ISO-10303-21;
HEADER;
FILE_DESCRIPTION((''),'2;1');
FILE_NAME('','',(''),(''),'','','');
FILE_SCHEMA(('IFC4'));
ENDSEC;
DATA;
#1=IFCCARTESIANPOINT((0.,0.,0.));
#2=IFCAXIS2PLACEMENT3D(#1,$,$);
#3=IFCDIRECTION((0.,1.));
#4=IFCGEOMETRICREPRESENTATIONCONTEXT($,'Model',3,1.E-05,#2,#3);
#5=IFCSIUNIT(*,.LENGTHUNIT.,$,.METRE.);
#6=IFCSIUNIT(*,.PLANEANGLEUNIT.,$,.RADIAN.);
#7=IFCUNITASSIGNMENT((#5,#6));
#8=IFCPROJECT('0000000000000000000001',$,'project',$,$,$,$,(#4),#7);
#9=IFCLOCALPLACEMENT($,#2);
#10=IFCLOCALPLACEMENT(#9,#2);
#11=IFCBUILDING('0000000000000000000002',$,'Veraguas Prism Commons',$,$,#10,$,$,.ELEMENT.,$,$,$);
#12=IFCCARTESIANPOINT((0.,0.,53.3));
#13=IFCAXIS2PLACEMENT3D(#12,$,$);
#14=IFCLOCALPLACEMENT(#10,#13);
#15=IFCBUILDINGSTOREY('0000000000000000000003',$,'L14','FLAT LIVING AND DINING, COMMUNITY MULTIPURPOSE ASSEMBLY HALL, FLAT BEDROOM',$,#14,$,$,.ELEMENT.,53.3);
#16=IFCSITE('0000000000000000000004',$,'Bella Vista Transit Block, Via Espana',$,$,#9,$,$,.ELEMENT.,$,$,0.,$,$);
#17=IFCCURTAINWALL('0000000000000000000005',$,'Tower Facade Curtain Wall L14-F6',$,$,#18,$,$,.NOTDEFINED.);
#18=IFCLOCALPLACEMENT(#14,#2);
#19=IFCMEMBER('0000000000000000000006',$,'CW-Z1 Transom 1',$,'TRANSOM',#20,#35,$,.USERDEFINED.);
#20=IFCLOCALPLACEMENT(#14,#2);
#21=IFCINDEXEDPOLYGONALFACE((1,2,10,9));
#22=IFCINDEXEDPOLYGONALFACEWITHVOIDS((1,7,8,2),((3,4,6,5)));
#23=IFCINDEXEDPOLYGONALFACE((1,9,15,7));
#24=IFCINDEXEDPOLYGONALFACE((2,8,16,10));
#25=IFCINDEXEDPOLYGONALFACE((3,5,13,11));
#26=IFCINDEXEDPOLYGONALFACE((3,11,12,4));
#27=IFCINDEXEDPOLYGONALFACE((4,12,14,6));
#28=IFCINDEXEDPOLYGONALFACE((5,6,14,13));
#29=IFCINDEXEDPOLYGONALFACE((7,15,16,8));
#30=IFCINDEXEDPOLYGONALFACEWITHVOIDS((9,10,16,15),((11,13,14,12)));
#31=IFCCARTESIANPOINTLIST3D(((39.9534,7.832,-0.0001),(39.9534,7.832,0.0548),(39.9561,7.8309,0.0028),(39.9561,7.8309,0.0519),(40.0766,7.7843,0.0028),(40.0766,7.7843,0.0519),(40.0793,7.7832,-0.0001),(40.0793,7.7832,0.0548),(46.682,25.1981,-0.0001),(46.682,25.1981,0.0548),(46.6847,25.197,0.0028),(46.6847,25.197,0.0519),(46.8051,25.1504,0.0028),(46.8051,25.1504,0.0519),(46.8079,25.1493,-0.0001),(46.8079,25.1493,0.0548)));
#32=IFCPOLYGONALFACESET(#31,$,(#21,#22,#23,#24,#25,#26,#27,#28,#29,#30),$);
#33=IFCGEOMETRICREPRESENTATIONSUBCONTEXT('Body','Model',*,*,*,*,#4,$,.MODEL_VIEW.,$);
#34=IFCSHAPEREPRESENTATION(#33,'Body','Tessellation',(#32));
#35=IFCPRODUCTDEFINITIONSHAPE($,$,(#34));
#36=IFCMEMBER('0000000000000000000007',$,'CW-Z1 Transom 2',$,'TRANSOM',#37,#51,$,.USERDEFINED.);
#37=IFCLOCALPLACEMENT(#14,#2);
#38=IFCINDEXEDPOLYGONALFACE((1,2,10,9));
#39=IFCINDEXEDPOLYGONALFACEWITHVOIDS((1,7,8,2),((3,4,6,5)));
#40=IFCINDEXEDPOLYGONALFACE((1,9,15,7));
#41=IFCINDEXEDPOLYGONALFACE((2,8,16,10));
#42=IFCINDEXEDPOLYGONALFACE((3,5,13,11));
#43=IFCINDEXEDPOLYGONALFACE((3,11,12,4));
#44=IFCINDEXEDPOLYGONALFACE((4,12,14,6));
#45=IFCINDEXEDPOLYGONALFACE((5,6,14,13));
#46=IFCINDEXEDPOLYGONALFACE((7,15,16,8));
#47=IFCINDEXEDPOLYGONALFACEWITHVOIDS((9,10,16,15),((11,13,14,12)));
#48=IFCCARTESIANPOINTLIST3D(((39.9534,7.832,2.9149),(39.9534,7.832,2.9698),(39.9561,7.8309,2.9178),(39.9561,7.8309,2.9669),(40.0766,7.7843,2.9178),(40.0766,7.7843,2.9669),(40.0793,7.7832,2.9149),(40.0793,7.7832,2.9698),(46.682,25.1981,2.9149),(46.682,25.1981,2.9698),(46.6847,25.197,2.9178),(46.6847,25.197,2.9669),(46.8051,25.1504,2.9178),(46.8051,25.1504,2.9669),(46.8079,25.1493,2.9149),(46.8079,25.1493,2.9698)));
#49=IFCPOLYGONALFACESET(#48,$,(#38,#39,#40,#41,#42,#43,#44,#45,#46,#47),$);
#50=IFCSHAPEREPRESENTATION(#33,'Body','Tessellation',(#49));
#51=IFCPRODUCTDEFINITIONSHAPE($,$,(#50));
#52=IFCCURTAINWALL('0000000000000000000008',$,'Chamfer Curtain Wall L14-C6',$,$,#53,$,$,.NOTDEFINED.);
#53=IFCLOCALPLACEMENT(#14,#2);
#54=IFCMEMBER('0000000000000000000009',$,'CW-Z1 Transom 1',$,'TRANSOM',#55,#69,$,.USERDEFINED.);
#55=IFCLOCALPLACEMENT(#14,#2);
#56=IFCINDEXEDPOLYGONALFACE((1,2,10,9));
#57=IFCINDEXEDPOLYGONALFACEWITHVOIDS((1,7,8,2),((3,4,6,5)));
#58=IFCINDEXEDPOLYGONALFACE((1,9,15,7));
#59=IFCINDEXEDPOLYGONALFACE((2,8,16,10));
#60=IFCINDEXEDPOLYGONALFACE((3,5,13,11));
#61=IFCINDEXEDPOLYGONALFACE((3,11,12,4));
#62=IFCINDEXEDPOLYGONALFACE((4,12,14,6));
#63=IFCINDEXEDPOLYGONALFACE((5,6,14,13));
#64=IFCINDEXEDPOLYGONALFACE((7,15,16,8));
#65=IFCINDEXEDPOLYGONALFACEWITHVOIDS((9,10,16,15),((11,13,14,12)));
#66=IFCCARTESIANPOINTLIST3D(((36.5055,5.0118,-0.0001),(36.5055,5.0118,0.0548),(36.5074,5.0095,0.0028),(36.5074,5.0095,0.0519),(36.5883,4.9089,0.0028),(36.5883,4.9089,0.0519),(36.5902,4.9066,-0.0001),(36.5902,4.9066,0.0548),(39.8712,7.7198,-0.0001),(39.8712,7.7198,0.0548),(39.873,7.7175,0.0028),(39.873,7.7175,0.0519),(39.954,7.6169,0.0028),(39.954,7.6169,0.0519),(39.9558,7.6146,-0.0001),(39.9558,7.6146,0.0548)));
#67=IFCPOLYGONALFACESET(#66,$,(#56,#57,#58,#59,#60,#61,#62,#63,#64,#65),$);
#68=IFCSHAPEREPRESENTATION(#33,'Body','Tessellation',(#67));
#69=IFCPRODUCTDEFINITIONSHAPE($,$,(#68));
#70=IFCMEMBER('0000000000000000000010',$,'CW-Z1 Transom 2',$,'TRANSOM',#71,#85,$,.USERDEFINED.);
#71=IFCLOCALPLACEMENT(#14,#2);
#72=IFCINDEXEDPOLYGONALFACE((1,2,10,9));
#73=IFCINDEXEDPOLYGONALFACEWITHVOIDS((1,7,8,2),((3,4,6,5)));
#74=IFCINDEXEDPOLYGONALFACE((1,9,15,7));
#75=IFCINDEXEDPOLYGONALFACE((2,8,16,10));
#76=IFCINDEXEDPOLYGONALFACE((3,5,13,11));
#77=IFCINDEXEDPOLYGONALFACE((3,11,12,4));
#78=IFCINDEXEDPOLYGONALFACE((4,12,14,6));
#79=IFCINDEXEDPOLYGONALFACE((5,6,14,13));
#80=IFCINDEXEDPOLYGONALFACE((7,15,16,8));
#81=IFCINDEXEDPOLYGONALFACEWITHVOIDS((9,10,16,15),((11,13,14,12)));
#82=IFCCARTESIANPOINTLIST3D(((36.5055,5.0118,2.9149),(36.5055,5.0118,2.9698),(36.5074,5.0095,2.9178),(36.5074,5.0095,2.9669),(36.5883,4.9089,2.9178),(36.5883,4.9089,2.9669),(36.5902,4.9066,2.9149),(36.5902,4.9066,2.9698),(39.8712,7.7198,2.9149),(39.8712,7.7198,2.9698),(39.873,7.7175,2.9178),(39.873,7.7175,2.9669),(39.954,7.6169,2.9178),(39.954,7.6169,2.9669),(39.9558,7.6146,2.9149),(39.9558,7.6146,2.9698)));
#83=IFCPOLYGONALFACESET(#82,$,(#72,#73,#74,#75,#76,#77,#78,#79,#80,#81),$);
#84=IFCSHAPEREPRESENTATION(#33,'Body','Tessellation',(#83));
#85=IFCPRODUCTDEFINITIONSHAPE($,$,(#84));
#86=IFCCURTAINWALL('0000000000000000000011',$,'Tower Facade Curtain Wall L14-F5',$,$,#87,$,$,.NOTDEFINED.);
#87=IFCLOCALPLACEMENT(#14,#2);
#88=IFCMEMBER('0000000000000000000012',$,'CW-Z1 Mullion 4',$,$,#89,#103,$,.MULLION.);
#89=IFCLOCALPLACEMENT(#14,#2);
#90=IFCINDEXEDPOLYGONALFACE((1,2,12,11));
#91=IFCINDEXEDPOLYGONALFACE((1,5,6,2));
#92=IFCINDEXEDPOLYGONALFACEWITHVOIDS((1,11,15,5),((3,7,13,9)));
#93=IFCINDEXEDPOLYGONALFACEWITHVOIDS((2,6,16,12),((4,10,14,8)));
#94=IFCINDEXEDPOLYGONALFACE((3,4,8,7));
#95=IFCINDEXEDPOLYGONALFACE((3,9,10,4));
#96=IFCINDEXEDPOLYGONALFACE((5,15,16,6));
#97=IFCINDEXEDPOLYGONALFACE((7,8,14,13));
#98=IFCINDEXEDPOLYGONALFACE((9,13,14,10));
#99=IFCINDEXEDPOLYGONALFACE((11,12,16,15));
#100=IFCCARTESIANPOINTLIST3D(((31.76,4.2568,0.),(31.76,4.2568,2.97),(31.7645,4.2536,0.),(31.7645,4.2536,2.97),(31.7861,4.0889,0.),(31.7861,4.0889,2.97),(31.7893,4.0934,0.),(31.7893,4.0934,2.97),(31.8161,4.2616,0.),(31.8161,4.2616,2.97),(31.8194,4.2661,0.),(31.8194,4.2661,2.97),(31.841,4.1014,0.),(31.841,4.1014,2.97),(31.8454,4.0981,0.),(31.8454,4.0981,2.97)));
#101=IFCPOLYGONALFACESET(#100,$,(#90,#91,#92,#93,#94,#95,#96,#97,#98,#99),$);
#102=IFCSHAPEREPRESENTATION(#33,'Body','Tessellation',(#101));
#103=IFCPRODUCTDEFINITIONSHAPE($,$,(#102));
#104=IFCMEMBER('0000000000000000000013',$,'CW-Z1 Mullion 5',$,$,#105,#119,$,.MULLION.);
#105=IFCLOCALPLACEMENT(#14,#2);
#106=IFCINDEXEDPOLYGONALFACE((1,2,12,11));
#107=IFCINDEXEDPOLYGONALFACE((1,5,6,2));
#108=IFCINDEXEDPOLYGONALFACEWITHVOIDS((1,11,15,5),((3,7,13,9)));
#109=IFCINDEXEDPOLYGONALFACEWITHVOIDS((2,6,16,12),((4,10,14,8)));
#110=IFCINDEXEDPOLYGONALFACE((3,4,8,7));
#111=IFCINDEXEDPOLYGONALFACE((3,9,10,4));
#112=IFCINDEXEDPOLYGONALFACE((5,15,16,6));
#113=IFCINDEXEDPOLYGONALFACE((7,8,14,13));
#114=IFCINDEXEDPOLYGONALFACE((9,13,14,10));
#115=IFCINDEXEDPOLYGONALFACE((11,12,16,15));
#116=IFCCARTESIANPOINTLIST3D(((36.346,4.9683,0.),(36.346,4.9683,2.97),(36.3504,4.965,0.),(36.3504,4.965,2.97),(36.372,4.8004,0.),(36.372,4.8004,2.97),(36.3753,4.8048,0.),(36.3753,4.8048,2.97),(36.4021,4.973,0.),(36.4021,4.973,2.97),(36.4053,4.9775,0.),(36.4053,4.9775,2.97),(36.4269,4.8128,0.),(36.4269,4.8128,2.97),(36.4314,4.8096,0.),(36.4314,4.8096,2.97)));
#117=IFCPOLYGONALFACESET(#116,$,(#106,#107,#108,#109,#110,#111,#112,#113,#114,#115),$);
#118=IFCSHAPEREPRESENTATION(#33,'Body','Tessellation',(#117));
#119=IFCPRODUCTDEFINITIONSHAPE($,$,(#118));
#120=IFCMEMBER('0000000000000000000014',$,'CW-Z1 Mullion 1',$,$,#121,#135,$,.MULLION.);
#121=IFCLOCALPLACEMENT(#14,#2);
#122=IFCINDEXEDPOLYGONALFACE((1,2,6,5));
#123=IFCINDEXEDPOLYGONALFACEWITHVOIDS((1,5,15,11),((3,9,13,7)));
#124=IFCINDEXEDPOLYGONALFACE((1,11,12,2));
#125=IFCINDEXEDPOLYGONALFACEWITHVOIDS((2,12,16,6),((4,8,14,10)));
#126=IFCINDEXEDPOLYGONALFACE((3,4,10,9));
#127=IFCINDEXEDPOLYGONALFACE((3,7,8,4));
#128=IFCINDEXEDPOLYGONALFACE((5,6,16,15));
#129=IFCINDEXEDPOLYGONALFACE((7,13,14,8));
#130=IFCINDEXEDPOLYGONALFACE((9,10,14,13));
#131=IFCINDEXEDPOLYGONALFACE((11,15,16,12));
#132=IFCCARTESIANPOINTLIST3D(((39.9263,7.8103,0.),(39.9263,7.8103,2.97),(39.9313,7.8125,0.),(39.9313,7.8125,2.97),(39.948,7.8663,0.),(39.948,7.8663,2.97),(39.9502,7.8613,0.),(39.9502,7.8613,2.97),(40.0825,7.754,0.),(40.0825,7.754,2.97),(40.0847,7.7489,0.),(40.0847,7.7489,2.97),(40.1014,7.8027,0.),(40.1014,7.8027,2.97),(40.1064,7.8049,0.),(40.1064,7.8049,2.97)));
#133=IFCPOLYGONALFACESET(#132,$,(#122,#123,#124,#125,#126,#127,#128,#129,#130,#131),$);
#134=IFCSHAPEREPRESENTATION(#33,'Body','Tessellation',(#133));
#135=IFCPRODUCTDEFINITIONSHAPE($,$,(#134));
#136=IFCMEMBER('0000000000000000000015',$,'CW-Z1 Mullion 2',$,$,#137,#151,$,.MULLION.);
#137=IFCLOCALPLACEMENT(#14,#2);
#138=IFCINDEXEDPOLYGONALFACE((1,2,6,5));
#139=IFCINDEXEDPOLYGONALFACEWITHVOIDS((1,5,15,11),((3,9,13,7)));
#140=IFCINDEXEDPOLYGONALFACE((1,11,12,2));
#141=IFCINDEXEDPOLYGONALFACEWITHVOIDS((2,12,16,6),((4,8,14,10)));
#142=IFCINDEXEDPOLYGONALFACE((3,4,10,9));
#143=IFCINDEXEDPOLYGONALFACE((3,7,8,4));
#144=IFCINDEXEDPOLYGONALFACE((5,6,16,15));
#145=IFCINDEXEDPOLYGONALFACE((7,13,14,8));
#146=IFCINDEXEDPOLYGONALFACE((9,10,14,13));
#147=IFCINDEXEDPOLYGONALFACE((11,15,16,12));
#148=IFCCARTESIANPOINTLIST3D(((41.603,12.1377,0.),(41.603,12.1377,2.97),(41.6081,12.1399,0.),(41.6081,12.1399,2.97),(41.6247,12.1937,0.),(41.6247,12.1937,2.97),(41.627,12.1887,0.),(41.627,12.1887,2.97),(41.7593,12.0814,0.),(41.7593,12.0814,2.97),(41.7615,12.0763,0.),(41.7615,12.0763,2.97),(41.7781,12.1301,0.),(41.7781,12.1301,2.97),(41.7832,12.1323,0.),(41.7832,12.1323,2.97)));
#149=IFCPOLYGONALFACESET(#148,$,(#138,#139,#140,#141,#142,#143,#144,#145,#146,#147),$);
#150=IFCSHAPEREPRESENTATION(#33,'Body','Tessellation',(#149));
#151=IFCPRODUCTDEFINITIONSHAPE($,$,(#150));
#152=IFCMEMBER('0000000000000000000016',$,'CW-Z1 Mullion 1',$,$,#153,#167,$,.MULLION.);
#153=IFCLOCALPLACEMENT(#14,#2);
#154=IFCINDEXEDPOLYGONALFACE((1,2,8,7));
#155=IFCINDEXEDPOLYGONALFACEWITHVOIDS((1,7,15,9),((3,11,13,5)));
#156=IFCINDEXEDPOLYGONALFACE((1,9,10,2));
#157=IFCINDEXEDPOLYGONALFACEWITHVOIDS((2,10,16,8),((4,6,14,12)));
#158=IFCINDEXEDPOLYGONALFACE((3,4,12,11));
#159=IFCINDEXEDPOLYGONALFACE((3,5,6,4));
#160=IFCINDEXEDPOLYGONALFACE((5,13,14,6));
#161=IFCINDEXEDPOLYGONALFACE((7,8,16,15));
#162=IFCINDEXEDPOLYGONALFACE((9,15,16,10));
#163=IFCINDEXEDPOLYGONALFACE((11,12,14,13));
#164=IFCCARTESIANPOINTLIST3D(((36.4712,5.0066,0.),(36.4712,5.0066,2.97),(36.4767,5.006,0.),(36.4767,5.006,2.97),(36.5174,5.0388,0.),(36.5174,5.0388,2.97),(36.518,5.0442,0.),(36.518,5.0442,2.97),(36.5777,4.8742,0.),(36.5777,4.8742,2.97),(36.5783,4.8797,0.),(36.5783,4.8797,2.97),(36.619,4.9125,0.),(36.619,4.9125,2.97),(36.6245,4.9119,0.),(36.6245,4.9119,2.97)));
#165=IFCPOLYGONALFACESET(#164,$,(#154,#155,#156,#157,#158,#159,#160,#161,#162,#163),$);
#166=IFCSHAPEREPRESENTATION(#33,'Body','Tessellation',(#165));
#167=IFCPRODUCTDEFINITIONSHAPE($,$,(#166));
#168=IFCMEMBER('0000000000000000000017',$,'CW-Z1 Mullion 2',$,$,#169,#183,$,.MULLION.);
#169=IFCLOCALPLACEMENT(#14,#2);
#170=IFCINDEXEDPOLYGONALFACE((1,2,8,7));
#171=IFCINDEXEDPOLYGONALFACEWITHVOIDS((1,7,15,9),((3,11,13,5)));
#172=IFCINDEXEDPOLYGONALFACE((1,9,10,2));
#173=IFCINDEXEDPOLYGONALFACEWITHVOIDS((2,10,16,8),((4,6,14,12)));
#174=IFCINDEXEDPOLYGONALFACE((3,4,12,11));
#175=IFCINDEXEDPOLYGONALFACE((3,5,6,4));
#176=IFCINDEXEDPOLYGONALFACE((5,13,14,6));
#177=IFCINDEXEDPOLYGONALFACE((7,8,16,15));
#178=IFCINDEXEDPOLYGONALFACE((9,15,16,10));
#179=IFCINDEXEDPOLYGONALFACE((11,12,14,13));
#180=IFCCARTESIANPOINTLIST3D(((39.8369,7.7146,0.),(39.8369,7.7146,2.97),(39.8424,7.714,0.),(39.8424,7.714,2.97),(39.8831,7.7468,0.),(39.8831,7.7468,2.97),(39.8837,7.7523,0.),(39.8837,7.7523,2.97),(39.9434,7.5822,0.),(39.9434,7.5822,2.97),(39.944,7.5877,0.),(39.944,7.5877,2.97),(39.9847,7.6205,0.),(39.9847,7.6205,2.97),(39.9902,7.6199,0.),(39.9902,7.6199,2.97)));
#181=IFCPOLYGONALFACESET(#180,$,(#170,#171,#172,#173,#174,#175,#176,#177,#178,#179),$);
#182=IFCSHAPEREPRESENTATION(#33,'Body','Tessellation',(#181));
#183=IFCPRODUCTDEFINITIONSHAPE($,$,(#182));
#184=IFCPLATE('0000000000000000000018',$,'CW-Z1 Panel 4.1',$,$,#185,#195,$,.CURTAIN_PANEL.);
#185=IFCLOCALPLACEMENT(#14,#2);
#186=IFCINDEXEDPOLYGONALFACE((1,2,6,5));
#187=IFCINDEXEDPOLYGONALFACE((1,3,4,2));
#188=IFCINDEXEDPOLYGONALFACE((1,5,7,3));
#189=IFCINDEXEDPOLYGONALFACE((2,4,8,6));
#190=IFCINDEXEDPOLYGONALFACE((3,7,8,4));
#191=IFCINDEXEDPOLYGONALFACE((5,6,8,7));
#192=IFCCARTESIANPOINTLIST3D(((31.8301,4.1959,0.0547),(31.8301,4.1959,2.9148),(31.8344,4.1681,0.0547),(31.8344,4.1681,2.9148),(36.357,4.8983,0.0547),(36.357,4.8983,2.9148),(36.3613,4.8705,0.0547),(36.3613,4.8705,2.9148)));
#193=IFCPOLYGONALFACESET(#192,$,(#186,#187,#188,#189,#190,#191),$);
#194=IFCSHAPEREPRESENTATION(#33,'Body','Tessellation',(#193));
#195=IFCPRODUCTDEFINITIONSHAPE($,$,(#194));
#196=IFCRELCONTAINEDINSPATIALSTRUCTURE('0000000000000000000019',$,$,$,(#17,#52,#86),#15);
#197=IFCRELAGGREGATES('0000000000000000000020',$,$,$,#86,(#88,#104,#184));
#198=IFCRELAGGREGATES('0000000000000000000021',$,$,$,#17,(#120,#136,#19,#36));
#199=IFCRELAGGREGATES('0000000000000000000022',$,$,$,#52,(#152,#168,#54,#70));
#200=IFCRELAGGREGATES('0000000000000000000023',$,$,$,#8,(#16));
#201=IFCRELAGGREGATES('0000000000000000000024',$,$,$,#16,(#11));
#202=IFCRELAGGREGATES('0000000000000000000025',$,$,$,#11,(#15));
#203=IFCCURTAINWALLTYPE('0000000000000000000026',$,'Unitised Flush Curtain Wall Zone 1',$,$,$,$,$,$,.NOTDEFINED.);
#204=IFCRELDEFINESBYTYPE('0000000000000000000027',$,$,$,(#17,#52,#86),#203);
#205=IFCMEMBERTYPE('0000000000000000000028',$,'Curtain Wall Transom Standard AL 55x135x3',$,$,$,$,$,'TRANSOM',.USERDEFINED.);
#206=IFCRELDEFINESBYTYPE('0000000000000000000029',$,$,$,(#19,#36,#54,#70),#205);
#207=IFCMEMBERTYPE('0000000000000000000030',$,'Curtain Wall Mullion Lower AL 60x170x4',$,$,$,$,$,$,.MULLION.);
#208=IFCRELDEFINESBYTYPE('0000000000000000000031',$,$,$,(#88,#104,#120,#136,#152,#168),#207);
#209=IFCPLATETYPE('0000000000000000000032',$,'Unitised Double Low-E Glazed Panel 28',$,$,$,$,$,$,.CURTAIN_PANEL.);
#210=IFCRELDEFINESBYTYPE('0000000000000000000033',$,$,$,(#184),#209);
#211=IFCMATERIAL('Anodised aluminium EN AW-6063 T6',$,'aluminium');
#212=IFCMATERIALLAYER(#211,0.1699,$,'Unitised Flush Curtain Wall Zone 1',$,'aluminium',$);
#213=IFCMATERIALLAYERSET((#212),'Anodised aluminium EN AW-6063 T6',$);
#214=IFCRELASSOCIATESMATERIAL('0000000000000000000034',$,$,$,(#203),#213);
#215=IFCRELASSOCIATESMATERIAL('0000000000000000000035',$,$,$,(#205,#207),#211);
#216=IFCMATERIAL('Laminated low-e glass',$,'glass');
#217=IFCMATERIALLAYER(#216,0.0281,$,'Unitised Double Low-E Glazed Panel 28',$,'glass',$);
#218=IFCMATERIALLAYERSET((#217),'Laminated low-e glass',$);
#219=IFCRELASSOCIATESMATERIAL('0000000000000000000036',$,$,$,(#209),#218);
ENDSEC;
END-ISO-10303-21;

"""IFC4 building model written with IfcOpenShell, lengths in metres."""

from ifc_helpers import new_model, si_unit, direction, frame, origin, origin_2d, place, context, subcontext, project, spatial, rectangle, hollow_rectangle, extrude, source, transform, mapped, material, layer, layer_set, material_profile, profile_set, type_object, element, aggregate, save


model = new_model("IFC4")

# Units and contexts
model_context = context("Model", 3, precision=1e-05, world=origin(), true_north=direction((0.0, 1.0)))
body_context = subcontext(model_context, "Body", "Model", "MODEL_VIEW")
ifc_project = project(units=[si_unit("LENGTHUNIT", "METRE"), si_unit("PLANEANGLEUNIT", "RADIAN")], contexts=[model_context])

# Site, building, storey
site_placement = place(None, origin())
site = spatial("IfcSite", under=ifc_project, at=site_placement, Name="Bella Vista Transit Block, Via Espana", CompositionType="ELEMENT", RefElevation=0.0)
building_placement = place(site_placement, origin())
building = spatial("IfcBuilding", under=site, at=building_placement, Name="Veraguas Prism Commons", CompositionType="ELEMENT")
storey_placement = place(building_placement, frame((0.0, 0.0, 53.3)))
storey = spatial("IfcBuildingStorey", under=building, at=storey_placement, Name="L14", Description="FLAT LIVING AND DINING, COMMUNITY MULTIPURPOSE ASSEMBLY HALL, FLAT BEDROOM", CompositionType="ELEMENT", Elevation=53.3)

# Curtain walls, members
ifc_material_1 = material(Name="Anodised aluminium EN AW-6063 T6", Category="aluminium")
ifc_layer_1 = layer(ifc_material_1, 0.1699, Name="Unitised Flush Curtain Wall Zone 1", Category="aluminium")
ifc_layer_set_1 = layer_set([ifc_layer_1], Name="Anodised aluminium EN AW-6063 T6")
curtain_wall_type = type_object("IfcCurtainWallType", Name="Unitised Flush Curtain Wall Zone 1", PredefinedType="NOTDEFINED", material=ifc_layer_set_1)
curtain_wall_1_placement = place(storey_placement, origin())
curtain_wall_1 = element("IfcCurtainWall", 1, at=curtain_wall_1_placement, inside=storey, type_object=curtain_wall_type, Name="Tower Facade Curtain Wall L14-F6", PredefinedType="NOTDEFINED")
ifc_material_profile_1 = material_profile(ifc_material_1, hollow_rectangle(XDim=0.0549, YDim=0.135, WallThickness=0.0029, at=origin_2d()), Name="AL55X135X3")
ifc_profile_set_1 = profile_set([ifc_material_profile_1], Name="Anodised aluminium EN AW-6063 T6")
member_type_1 = type_object("IfcMemberType", Name="Curtain Wall Transom Standard AL 55x135x3", ElementType="TRANSOM", PredefinedType="USERDEFINED", material=ifc_profile_set_1)
shared_shape_1 = source(origin(), body_context, "Body", "SweptSolid", [
    extrude(hollow_rectangle(XDim=0.0549, YDim=0.135, WallThickness=0.0029, at=origin_2d()), origin(), (0.0, 0.0, 1.0), 18.624),
])
member_1_placement = place(storey_placement, frame((40.0164, 7.8076, 0.0273), z_axis=(0.361284, 0.932456, 0.0), x_axis=(0.0, 0.0, 1.0)))
member_1 = element("IfcMember", 2, at=member_1_placement, type_object=member_type_1, Name="CW-Z1 Transom 1", ObjectType="TRANSOM", PredefinedType="USERDEFINED", context=body_context, shape_type="MappedRepresentation", body=[
    mapped(shared_shape_1, transform((0.0, 0.0, 0.0), scale=1.0)),
])
member_2_placement = place(storey_placement, frame((40.0164, 7.8076, 2.9424), z_axis=(0.361284, 0.932456, 0.0), x_axis=(0.0, 0.0, 1.0)))
member_2 = element("IfcMember", 3, at=member_2_placement, type_object=member_type_1, Name="CW-Z1 Transom 2", ObjectType="TRANSOM", PredefinedType="USERDEFINED", context=body_context, shape_type="MappedRepresentation", body=[
    mapped(shared_shape_1, transform((0.0, 0.0, 0.0), scale=1.0)),
])
curtain_wall_2_placement = place(storey_placement, origin())
curtain_wall_2 = element("IfcCurtainWall", 4, at=curtain_wall_2_placement, inside=storey, type_object=curtain_wall_type, Name="Chamfer Curtain Wall L14-C6", PredefinedType="NOTDEFINED")
shared_shape_2 = source(origin(), body_context, "Body", "SweptSolid", [
    extrude(hollow_rectangle(XDim=0.0549, YDim=0.135, WallThickness=0.0029, at=origin_2d()), origin(), (0.0, 0.0, 1.0), 4.3198),
])
member_3_placement = place(storey_placement, frame((36.5479, 4.9592, 0.0273), z_axis=(0.779123, 0.626871, 0.0), x_axis=(0.0, 0.0, 1.0)))
member_3 = element("IfcMember", 5, at=member_3_placement, type_object=member_type_1, Name="CW-Z1 Transom 1", ObjectType="TRANSOM", PredefinedType="USERDEFINED", context=body_context, shape_type="MappedRepresentation", body=[
    mapped(shared_shape_2, transform((0.0, 0.0, 0.0), scale=1.0)),
])
member_4_placement = place(storey_placement, frame((36.5479, 4.9592, 2.9424), z_axis=(0.779123, 0.626871, 0.0), x_axis=(0.0, 0.0, 1.0)))
member_4 = element("IfcMember", 6, at=member_4_placement, type_object=member_type_1, Name="CW-Z1 Transom 2", ObjectType="TRANSOM", PredefinedType="USERDEFINED", context=body_context, shape_type="MappedRepresentation", body=[
    mapped(shared_shape_2, transform((0.0, 0.0, 0.0), scale=1.0)),
])
curtain_wall_3_placement = place(storey_placement, origin())
curtain_wall_3 = element("IfcCurtainWall", 7, at=curtain_wall_3_placement, inside=storey, type_object=curtain_wall_type, Name="Tower Facade Curtain Wall L14-F5", PredefinedType="NOTDEFINED")
ifc_material_profile_2 = material_profile(ifc_material_1, hollow_rectangle(XDim=0.0601, YDim=0.1699, WallThickness=0.0039, at=origin_2d()), Name="AL60X170X4")
ifc_profile_set_2 = profile_set([ifc_material_profile_2], Name="Anodised aluminium EN AW-6063 T6")
member_type_2 = type_object("IfcMemberType", Name="Curtain Wall Mullion Lower AL 60x170x4", PredefinedType="MULLION", material=ifc_profile_set_2)
shared_shape_3 = source(origin(), body_context, "Body", "SweptSolid", [
    extrude(hollow_rectangle(XDim=0.0601, YDim=0.1699, WallThickness=0.0039, at=origin_2d()), origin(), (0.0, 0.0, 1.0), 2.97),
])
member_5_placement = place(storey_placement, frame((31.8027, 4.1775, 0.0), z_axis=(0.0, 0.0, 1.0), x_axis=(0.988175, 0.153331, 0.0)))
member_5 = element("IfcMember", 8, at=member_5_placement, type_object=member_type_2, Name="CW-Z1 Mullion 4", PredefinedType="MULLION", context=body_context, shape_type="MappedRepresentation", body=[
    mapped(shared_shape_3, transform((0.0, 0.0, 0.0), scale=1.0)),
])
member_6_placement = place(storey_placement, frame((36.3887, 4.8889, 0.0), z_axis=(0.0, 0.0, 1.0), x_axis=(0.988175, 0.153331, 0.0)))
member_6 = element("IfcMember", 9, at=member_6_placement, type_object=member_type_2, Name="CW-Z1 Mullion 5", PredefinedType="MULLION", context=body_context, shape_type="MappedRepresentation", body=[
    mapped(shared_shape_3, transform((0.0, 0.0, 0.0), scale=1.0)),
])

# Members
member_7_placement = place(storey_placement, frame((40.0164, 7.8076, 0.0), z_axis=(0.0, 0.0, 1.0), x_axis=(0.361294, 0.932452, 0.0)))
member_7 = element("IfcMember", 10, at=member_7_placement, type_object=member_type_2, Name="CW-Z1 Mullion 1", PredefinedType="MULLION", context=body_context, shape_type="MappedRepresentation", body=[
    mapped(shared_shape_3, transform((0.0, 0.0, 0.0), scale=1.0)),
])
member_8_placement = place(storey_placement, frame((41.6931, 12.135, 0.0), z_axis=(0.0, 0.0, 1.0), x_axis=(0.361294, 0.932452, 0.0)))
member_8 = element("IfcMember", 11, at=member_8_placement, type_object=member_type_2, Name="CW-Z1 Mullion 2", PredefinedType="MULLION", context=body_context, shape_type="MappedRepresentation", body=[
    mapped(shared_shape_3, transform((0.0, 0.0, 0.0), scale=1.0)),
])
member_9_placement = place(storey_placement, frame((36.5479, 4.9592, 0.0), z_axis=(0.0, 0.0, 1.0), x_axis=(0.779126, 0.626868, 0.0)))
member_9 = element("IfcMember", 12, at=member_9_placement, type_object=member_type_2, Name="CW-Z1 Mullion 1", PredefinedType="MULLION", context=body_context, shape_type="MappedRepresentation", body=[
    mapped(shared_shape_3, transform((0.0, 0.0, 0.0), scale=1.0)),
])
member_10_placement = place(storey_placement, frame((39.9136, 7.6672, 0.0), z_axis=(0.0, 0.0, 1.0), x_axis=(0.779126, 0.626868, 0.0)))
member_10 = element("IfcMember", 13, at=member_10_placement, type_object=member_type_2, Name="CW-Z1 Mullion 2", PredefinedType="MULLION", context=body_context, shape_type="MappedRepresentation", body=[
    mapped(shared_shape_3, transform((0.0, 0.0, 0.0), scale=1.0)),
])

# Plate
ifc_material_2 = material(Name="Laminated low-e glass", Category="glass")
ifc_layer_2 = layer(ifc_material_2, 0.0281, Name="Unitised Double Low-E Glazed Panel 28", Category="glass")
ifc_layer_set_2 = layer_set([ifc_layer_2], Name="Laminated low-e glass")
plate_type = type_object("IfcPlateType", Name="Unitised Double Low-E Glazed Panel 28", PredefinedType="CURTAIN_PANEL", material=ifc_layer_set_2)
shared_shape_4 = source(origin(), body_context, "Body", "SweptSolid", [
    extrude(rectangle(XDim=4.5811, YDim=0.0281, at=origin_2d()), origin(), (0.0, 0.0, 1.0), 2.8601),
])
plate_1_placement = place(storey_placement, frame((34.0957, 4.5332, 0.0547), z_axis=(0.0, 0.0, 1.0), x_axis=(0.988175, 0.153331, 0.0)))
plate_1 = element("IfcPlate", 14, at=plate_1_placement, type_object=plate_type, Name="CW-Z1 Panel 4.1", PredefinedType="CURTAIN_PANEL", context=body_context, shape_type="MappedRepresentation", body=[
    mapped(shared_shape_4, transform((0.0, 0.0, 0.0), scale=1.0)),
])
aggregate(curtain_wall_3, [member_5, member_6, plate_1])
aggregate(curtain_wall_1, [member_7, member_8, member_1, member_2])
aggregate(curtain_wall_2, [member_9, member_10, member_3, member_4])

save(model, "model.ifc")
